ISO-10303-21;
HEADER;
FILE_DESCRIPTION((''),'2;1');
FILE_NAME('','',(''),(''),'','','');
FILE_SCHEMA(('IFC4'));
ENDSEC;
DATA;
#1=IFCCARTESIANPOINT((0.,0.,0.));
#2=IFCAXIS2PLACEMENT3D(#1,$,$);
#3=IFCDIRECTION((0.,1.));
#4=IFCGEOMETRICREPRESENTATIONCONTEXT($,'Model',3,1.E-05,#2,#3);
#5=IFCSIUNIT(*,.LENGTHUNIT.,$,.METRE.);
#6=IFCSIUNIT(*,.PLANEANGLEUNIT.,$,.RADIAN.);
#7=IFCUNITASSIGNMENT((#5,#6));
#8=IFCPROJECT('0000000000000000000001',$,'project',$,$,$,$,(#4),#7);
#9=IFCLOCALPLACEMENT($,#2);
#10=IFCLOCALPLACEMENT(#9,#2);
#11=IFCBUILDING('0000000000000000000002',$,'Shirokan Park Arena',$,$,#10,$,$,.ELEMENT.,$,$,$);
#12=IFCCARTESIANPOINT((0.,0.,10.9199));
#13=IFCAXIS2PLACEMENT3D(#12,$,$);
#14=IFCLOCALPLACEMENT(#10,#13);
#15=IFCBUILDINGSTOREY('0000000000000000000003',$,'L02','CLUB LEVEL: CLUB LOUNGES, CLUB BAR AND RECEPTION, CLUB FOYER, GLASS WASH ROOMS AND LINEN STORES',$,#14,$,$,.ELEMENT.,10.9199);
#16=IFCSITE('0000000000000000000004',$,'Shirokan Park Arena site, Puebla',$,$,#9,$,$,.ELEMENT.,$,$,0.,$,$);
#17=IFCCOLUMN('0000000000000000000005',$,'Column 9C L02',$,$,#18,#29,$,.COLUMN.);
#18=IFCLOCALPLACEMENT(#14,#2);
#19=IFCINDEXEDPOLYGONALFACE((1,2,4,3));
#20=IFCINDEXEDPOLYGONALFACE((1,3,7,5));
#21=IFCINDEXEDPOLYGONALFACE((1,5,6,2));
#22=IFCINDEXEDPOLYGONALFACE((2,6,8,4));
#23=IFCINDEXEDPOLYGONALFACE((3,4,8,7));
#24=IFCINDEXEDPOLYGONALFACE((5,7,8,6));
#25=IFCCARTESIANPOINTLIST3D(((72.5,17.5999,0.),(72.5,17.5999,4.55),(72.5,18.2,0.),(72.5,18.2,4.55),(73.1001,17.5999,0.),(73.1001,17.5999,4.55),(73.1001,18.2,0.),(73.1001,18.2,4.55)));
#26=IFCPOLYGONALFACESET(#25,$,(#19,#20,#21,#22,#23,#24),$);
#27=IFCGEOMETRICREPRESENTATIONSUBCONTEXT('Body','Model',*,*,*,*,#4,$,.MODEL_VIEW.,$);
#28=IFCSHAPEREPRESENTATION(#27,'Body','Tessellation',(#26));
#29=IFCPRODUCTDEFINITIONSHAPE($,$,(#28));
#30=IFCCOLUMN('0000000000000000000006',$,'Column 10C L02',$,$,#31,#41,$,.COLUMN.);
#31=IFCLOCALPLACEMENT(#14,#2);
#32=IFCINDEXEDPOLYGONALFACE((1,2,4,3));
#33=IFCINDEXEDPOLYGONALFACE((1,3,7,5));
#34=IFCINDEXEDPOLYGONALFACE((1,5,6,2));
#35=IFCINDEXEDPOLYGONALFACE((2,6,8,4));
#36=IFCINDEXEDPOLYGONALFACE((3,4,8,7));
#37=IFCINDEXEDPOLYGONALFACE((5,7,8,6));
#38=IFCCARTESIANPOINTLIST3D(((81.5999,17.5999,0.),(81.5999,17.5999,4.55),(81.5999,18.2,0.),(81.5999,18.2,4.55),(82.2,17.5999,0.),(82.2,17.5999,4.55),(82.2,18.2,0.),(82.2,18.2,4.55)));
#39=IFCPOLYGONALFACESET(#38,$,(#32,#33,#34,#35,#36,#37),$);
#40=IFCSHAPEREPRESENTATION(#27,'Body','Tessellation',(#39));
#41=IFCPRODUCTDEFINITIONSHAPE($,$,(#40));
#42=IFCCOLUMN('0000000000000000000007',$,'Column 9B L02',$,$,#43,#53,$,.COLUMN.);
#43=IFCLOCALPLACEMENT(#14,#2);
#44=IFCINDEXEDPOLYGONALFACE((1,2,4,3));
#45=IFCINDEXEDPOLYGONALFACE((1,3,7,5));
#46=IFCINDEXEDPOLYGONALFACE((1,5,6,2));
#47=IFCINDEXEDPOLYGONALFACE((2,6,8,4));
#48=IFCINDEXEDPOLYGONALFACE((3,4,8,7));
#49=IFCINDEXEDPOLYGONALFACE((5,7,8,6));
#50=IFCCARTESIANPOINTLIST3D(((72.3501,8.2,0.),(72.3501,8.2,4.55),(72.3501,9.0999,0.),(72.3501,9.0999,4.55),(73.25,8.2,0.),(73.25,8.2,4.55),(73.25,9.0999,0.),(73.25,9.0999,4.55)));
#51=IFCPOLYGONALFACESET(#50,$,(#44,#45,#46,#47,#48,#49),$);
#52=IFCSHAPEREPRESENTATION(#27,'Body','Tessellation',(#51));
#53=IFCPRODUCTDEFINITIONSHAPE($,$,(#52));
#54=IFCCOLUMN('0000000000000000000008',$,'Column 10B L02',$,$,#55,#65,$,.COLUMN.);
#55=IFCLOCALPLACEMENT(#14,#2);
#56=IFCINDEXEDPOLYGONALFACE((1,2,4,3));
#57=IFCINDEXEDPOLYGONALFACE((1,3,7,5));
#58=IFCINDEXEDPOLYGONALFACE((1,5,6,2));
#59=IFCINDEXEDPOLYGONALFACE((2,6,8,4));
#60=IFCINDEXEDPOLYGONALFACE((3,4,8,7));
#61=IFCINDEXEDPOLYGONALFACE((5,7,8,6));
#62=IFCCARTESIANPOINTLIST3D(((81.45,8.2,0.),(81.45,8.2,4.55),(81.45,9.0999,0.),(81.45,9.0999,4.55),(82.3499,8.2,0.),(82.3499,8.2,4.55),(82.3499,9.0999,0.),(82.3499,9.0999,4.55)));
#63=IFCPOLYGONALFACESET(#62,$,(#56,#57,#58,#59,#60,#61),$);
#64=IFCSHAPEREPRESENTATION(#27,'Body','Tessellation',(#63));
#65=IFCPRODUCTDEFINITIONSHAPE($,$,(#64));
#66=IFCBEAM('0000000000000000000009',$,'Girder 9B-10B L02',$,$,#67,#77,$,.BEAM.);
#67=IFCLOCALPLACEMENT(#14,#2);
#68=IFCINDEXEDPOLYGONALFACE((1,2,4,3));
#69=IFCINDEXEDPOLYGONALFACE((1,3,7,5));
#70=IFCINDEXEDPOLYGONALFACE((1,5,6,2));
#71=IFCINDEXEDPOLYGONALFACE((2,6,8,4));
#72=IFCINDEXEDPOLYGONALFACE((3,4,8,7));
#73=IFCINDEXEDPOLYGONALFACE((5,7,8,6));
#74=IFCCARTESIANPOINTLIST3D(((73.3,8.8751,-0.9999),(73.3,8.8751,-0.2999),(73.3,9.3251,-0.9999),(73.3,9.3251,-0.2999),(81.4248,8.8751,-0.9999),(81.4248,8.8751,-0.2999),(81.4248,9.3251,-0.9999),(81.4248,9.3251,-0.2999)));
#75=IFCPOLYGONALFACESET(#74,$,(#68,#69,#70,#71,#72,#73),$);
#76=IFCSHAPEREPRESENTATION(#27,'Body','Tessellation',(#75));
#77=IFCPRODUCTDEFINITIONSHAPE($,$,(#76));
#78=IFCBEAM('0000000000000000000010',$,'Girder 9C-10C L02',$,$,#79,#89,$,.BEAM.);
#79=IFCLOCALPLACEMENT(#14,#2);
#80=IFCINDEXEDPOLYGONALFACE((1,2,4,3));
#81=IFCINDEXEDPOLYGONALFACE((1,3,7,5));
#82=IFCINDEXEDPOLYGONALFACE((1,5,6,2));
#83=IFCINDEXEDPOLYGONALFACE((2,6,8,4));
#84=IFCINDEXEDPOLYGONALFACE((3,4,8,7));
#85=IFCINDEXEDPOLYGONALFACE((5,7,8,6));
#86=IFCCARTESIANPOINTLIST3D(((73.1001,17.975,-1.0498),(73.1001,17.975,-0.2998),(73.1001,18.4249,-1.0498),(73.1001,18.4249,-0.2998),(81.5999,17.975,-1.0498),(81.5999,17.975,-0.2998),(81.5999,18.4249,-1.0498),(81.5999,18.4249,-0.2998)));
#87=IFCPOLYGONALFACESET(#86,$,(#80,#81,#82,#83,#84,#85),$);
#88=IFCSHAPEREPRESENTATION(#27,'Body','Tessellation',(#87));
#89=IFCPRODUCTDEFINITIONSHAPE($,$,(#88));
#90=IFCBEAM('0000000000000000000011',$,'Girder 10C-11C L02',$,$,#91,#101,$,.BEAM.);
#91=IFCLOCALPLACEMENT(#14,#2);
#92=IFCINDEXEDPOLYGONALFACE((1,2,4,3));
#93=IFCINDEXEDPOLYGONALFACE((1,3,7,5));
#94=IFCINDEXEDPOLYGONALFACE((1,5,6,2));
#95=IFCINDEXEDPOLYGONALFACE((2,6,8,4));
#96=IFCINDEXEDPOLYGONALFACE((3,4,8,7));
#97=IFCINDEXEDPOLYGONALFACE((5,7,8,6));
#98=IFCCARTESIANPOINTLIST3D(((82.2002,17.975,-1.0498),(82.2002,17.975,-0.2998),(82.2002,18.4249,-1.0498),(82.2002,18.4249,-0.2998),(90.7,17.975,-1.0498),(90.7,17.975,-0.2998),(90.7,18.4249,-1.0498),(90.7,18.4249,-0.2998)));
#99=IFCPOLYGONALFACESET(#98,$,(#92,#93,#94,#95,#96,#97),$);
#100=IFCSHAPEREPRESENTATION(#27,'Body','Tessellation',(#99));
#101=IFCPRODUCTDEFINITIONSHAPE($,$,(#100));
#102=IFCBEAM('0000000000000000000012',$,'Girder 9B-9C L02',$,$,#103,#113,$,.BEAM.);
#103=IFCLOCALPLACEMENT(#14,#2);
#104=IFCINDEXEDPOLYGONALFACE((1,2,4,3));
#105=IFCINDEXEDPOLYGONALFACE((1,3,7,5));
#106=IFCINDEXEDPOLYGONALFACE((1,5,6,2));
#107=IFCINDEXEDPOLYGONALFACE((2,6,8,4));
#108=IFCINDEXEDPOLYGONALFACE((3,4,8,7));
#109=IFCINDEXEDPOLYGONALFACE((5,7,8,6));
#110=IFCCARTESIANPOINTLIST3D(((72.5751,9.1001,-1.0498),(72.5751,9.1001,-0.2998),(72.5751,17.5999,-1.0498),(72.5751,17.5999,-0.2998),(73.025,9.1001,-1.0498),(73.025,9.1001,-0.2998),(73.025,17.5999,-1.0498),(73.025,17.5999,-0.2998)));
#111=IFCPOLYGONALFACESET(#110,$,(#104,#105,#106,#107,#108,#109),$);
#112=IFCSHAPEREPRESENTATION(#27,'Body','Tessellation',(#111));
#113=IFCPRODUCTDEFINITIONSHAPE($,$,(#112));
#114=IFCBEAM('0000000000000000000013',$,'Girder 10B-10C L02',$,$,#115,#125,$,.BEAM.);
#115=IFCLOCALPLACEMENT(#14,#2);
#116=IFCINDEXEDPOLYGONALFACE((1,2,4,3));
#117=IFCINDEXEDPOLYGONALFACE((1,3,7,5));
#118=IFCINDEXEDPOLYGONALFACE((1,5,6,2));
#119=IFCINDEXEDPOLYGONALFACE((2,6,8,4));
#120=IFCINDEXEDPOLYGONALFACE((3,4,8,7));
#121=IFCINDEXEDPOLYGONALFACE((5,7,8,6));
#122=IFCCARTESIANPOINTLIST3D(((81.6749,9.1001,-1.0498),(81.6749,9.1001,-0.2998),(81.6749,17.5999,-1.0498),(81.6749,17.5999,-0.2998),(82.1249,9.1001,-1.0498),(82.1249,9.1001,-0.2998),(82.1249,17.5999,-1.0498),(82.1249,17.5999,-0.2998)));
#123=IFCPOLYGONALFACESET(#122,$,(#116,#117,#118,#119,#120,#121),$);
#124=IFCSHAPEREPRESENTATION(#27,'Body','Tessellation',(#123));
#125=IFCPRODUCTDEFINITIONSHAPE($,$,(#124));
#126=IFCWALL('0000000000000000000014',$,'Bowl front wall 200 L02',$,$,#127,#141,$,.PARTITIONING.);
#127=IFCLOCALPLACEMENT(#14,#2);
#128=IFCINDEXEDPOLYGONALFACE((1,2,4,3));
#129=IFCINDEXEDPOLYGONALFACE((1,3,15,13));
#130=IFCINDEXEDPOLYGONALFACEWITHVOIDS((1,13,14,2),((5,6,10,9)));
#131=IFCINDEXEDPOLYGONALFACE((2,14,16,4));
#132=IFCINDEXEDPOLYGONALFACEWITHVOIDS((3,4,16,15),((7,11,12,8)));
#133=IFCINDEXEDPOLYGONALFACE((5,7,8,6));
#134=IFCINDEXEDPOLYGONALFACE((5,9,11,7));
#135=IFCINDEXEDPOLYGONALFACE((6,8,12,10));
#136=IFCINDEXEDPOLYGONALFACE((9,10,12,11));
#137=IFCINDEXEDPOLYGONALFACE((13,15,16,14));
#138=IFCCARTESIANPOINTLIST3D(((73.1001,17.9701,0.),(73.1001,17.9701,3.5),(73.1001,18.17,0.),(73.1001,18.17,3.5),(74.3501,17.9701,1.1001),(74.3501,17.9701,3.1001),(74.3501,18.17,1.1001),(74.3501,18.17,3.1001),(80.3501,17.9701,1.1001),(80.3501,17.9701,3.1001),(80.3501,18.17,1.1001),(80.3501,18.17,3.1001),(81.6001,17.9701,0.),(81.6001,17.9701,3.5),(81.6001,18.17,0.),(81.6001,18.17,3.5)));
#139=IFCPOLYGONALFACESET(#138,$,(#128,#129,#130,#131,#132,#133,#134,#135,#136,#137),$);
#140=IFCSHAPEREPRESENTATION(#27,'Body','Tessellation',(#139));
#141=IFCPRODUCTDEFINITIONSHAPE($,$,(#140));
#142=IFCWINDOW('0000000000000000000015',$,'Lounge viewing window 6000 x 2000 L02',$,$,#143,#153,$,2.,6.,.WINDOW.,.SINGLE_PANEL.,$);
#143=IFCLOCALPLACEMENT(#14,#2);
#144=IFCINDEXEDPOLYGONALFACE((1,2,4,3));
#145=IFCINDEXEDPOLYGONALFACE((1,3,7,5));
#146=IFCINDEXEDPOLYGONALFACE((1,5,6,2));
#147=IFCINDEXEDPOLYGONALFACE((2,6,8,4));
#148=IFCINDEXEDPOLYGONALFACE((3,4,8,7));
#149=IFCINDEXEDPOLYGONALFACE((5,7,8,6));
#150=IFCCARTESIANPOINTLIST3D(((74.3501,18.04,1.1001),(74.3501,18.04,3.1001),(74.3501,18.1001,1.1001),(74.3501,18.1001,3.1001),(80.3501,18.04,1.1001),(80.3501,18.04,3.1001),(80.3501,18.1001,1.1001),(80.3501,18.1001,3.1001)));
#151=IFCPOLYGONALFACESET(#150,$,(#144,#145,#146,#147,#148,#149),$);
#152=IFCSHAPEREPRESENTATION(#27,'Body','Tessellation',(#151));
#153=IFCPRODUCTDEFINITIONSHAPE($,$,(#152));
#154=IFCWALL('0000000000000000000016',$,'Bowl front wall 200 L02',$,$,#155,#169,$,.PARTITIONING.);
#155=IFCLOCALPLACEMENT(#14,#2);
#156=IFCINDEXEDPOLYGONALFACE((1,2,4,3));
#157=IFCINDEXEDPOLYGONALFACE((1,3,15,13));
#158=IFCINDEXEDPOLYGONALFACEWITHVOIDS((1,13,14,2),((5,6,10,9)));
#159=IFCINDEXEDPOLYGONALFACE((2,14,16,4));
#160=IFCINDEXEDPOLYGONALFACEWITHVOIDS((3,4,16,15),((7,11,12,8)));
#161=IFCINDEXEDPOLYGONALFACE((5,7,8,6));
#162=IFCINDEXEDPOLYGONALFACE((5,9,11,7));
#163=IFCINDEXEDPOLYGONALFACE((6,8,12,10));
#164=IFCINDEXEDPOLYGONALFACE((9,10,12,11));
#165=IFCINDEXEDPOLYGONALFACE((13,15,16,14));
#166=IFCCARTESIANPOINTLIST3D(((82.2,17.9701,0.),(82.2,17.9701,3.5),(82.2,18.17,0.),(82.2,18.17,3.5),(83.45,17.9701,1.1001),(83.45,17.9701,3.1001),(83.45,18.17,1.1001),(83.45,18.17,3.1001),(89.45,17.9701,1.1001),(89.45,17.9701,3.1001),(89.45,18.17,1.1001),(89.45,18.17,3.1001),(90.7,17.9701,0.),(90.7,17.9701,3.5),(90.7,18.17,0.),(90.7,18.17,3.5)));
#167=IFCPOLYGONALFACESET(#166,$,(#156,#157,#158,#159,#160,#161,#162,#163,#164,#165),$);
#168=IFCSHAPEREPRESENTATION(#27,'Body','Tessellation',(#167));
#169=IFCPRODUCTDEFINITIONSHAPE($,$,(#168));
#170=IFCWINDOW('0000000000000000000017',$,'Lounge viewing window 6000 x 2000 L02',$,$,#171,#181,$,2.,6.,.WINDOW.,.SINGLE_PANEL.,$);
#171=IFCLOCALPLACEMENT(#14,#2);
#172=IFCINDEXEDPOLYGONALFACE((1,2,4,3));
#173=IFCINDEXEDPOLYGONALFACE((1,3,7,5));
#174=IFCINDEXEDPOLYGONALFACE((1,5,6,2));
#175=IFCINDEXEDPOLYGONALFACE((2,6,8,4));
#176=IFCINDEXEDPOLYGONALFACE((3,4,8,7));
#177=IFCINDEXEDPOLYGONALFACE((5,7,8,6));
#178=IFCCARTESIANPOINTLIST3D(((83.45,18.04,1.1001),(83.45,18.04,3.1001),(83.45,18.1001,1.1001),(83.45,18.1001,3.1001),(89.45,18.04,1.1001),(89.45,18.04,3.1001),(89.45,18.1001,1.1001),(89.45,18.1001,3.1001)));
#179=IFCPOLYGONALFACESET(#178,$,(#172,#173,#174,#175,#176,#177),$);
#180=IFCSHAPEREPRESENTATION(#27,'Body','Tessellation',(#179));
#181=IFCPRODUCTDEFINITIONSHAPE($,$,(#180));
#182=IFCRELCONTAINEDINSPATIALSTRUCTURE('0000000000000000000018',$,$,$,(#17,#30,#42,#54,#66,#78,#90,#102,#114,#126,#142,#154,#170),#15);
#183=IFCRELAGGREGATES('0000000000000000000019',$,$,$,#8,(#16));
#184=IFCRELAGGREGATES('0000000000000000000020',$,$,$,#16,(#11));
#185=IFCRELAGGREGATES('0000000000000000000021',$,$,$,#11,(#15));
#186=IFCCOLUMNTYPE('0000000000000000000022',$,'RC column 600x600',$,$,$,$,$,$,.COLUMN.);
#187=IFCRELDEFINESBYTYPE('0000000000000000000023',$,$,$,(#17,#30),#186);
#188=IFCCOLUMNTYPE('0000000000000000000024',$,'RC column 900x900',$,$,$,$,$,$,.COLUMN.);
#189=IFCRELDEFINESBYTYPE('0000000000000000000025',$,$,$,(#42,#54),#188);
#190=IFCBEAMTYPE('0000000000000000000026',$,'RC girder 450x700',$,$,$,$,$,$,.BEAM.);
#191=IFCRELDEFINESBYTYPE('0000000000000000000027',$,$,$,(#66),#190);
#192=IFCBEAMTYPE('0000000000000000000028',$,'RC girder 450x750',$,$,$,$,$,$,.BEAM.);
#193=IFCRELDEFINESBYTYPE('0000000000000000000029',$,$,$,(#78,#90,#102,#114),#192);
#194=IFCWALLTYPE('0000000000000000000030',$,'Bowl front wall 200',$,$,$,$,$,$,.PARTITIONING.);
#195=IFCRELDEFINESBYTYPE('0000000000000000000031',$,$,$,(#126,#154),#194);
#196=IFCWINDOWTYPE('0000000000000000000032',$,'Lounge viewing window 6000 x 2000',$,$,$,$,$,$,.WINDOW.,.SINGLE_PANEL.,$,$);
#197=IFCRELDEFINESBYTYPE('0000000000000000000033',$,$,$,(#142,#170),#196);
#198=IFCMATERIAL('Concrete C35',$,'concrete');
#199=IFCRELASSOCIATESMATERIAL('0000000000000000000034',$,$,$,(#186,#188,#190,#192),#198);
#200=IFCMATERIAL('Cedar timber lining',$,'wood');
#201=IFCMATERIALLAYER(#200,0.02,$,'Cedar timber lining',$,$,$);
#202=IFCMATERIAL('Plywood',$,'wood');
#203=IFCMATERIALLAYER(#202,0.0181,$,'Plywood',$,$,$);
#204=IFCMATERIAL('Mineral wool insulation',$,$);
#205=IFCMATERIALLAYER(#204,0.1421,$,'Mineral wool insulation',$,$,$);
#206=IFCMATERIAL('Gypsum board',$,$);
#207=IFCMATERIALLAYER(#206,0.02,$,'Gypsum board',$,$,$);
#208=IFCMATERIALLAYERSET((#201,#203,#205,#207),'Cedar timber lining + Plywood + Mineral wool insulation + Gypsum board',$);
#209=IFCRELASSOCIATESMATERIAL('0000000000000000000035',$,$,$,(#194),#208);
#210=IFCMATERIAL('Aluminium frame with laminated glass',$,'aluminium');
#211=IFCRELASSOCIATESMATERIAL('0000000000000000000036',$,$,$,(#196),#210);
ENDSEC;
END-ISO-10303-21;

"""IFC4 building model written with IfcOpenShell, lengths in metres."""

from ifc_helpers import new_model, si_unit, direction, frame, frame_2d, origin, origin_2d, place, context, subcontext, project, spatial, rectangle, extrude, material, layer, layer_set, material_profile, profile_set, type_object, element, fill, save


model = new_model("IFC4")

# Units and contexts
model_context = context("Model", 3, precision=1e-05, world=origin(), true_north=direction((0.0, 1.0)))
body_context = subcontext(model_context, "Body", "Model", "MODEL_VIEW")
ifc_project = project(units=[si_unit("LENGTHUNIT", "METRE"), si_unit("PLANEANGLEUNIT", "RADIAN")], contexts=[model_context])

# Site, building, storey
site_placement = place(None, origin())
site = spatial("IfcSite", under=ifc_project, at=site_placement, Name="Shirokan Park Arena site, Puebla", CompositionType="ELEMENT", RefElevation=0.0)
building_placement = place(site_placement, origin())
building = spatial("IfcBuilding", under=site, at=building_placement, Name="Shirokan Park Arena", CompositionType="ELEMENT")
storey_placement = place(building_placement, frame((0.0, 0.0, 10.9199)))
storey = spatial("IfcBuildingStorey", under=building, at=storey_placement, Name="L02", Description="CLUB LEVEL: CLUB LOUNGES, CLUB BAR AND RECEPTION, CLUB FOYER, GLASS WASH ROOMS AND LINEN STORES", CompositionType="ELEMENT", Elevation=10.9199)

# Columns
ifc_material_1 = material(Name="Concrete C35", Category="concrete")
ifc_material_profile_1 = material_profile(ifc_material_1, rectangle(XDim=0.6001, YDim=0.6001, at=origin_2d()), Name="600x600")
ifc_profile_set_1 = profile_set([ifc_material_profile_1], Name="Concrete C35")
column_type_1 = type_object("IfcColumnType", Name="RC column 600x600", PredefinedType="COLUMN", material=ifc_profile_set_1)
for number, where, z_axis, x_axis, name in (
    (1, (72.8, 17.8999, 0.0), (0.0, 0.0, 1.0), (1.0, 0.0, 0.0), "Column 9C L02"),
    (2, (81.8999, 17.8999, 0.0), (0.0, 0.0, 1.0), (1.0, 0.0, 0.0), "Column 10C L02"),
):
    element("IfcColumn", number, at=place(storey_placement, frame(where, z_axis=z_axis, x_axis=x_axis)), inside=storey, type_object=column_type_1, Name=name, PredefinedType="COLUMN", context=body_context, shape_type="SweptSolid", body=[
        extrude(rectangle(XDim=0.6001, YDim=0.6001, at=origin_2d()), origin(), (0.0, 0.0, 1.0), 4.55),
    ])
ifc_material_profile_2 = material_profile(ifc_material_1, rectangle(XDim=0.8999, YDim=0.8999, at=origin_2d()), Name="900x900")
ifc_profile_set_2 = profile_set([ifc_material_profile_2], Name="Concrete C35")
column_type_2 = type_object("IfcColumnType", Name="RC column 900x900", PredefinedType="COLUMN", material=ifc_profile_set_2)
for number, where, z_axis, x_axis, name in (
    (3, (72.8, 8.6499, 0.0), (0.0, 0.0, 1.0), (1.0, 0.0, 0.0), "Column 9B L02"),
    (4, (81.8999, 8.6499, 0.0), (0.0, 0.0, 1.0), (1.0, 0.0, 0.0), "Column 10B L02"),
):
    element("IfcColumn", number, at=place(storey_placement, frame(where, z_axis=z_axis, x_axis=x_axis)), inside=storey, type_object=column_type_2, Name=name, PredefinedType="COLUMN", context=body_context, shape_type="SweptSolid", body=[
        extrude(rectangle(XDim=0.8999, YDim=0.8999, at=origin_2d()), origin(), (0.0, 0.0, 1.0), 4.55),
    ])

# Beams
ifc_material_profile_3 = material_profile(ifc_material_1, rectangle(XDim=0.45, YDim=0.7, at=origin_2d()), Name="450x700")
ifc_profile_set_3 = profile_set([ifc_material_profile_3], Name="Concrete C35")
beam_type_1 = type_object("IfcBeamType", Name="RC girder 450x700", PredefinedType="BEAM", material=ifc_profile_set_3)
beam_placement = place(storey_placement, frame((73.3, 9.1001, -0.6499), z_axis=(1.0, 0.0, 0.0), x_axis=(0.0, 1.0, 0.0)))
element("IfcBeam", 5, at=beam_placement, inside=storey, type_object=beam_type_1, Name="Girder 9B-10B L02", PredefinedType="BEAM", context=body_context, shape_type="SweptSolid", body=[
    extrude(rectangle(XDim=0.45, YDim=0.7, at=origin_2d()), origin(), (0.0, 0.0, 1.0), 8.1248),
])
ifc_material_profile_4 = material_profile(ifc_material_1, rectangle(XDim=0.45, YDim=0.75, at=origin_2d()), Name="450x750")
ifc_profile_set_4 = profile_set([ifc_material_profile_4], Name="Concrete C35")
beam_type_2 = type_object("IfcBeamType", Name="RC girder 450x750", PredefinedType="BEAM", material=ifc_profile_set_4)
for number, where, z_axis, x_axis, name in (
    (6, (73.1001, 18.2, -0.6748), (1.0, 0.0, 0.0), (0.0, 1.0, 0.0), "Girder 9C-10C L02"),
    (7, (82.2002, 18.2, -0.6748), (1.0, 0.0, 0.0), (0.0, 1.0, 0.0), "Girder 10C-11C L02"),
    (8, (72.8, 9.1001, -0.6748), (0.0, 1.0, 0.0), (-1.0, 0.0, 0.0), "Girder 9B-9C L02"),
    (9, (81.8999, 9.1001, -0.6748), (0.0, 1.0, 0.0), (-1.0, 0.0, 0.0), "Girder 10B-10C L02"),
):
    element("IfcBeam", number, at=place(storey_placement, frame(where, z_axis=z_axis, x_axis=x_axis)), inside=storey, type_object=beam_type_2, Name=name, PredefinedType="BEAM", context=body_context, shape_type="SweptSolid", body=[
        extrude(rectangle(XDim=0.45, YDim=0.75, at=origin_2d()), origin(), (0.0, 0.0, 1.0), 8.4998),
    ])

# Walls, openings, windows
ifc_material_2 = material(Name="Cedar timber lining", Category="wood")
ifc_layer_1 = layer(ifc_material_2, 0.02, Name="Cedar timber lining")
ifc_material_3 = material(Name="Plywood", Category="wood")
ifc_layer_2 = layer(ifc_material_3, 0.0181, Name="Plywood")
ifc_material_4 = material(Name="Mineral wool insulation")
ifc_layer_3 = layer(ifc_material_4, 0.1421, Name="Mineral wool insulation")
ifc_material_5 = material(Name="Gypsum board")
ifc_layer_4 = layer(ifc_material_5, 0.02, Name="Gypsum board")
ifc_layer_set_1 = layer_set([ifc_layer_1, ifc_layer_2, ifc_layer_3, ifc_layer_4], Name="Cedar timber lining + Plywood + Mineral wool insulation + Gypsum board")
wall_type_1 = type_object("IfcWallType", Name="Bowl front wall 200", PredefinedType="PARTITIONING", material=ifc_layer_set_1)
wall_1_placement = place(storey_placement, frame((73.1001, 18.0701, 0.0), z_axis=(0.0, 0.0, 1.0), x_axis=(1.0, 0.0, 0.0)))
wall_1 = element("IfcWall", 10, at=wall_1_placement, inside=storey, type_object=wall_type_1, Name="Bowl front wall 200 L02", PredefinedType="PARTITIONING", context=body_context, shape_type="SweptSolid", body=[
    extrude(rectangle(XDim=8.5, YDim=0.2, at=frame_2d((4.25, 0.0))), origin(), (0.0, 0.0, 1.0), 3.5),
])
opening_1_placement = place(wall_1_placement, frame((1.25, 0.0, 1.1001)))
opening_1 = element("IfcOpeningElement", 11, at=opening_1_placement, cuts=wall_1, PredefinedType="OPENING", context=body_context, shape_type="SweptSolid", body=[
    extrude(rectangle(XDim=6.0, YDim=2.0, at=frame_2d((3.0, 1.0))), frame((0.0, 0.1099, 0.0), z_axis=(0.0, -1.0, 0.0), x_axis=(1.0, 0.0, 0.0)), (0.0, 0.0, 1.0), 0.22),
])
ifc_material_6 = material(Name="Aluminium frame with laminated glass", Category="aluminium")
window_type = type_object("IfcWindowType", Name="Lounge viewing window 6000 x 2000", PartitioningType="SINGLE_PANEL", PredefinedType="WINDOW", material=ifc_material_6)
window_1_placement = place(opening_1_placement, origin())
window_1 = element("IfcWindow", 12, at=window_1_placement, inside=storey, type_object=window_type, Name="Lounge viewing window 6000 x 2000 L02", OverallHeight=2.0, OverallWidth=6.0, PartitioningType="SINGLE_PANEL", PredefinedType="WINDOW", context=body_context, shape_type="SweptSolid", body=[
    extrude(rectangle(XDim=6.0, YDim=2.0, at=frame_2d((3.0, 1.0))), frame((0.0, 0.03, 0.0), z_axis=(0.0, -1.0, 0.0), x_axis=(1.0, 0.0, 0.0)), (0.0, 0.0, 1.0), 0.0601),
])
fill(opening_1, window_1)
wall_2_placement = place(storey_placement, frame((82.2, 18.0701, 0.0), z_axis=(0.0, 0.0, 1.0), x_axis=(1.0, 0.0, 0.0)))
wall_2 = element("IfcWall", 13, at=wall_2_placement, inside=storey, type_object=wall_type_1, Name="Bowl front wall 200 L02", PredefinedType="PARTITIONING", context=body_context, shape_type="SweptSolid", body=[
    extrude(rectangle(XDim=8.5, YDim=0.2, at=frame_2d((4.25, 0.0))), origin(), (0.0, 0.0, 1.0), 3.5),
])
opening_2_placement = place(wall_2_placement, frame((1.25, 0.0, 1.1001)))
opening_2 = element("IfcOpeningElement", 14, at=opening_2_placement, cuts=wall_2, PredefinedType="OPENING", context=body_context, shape_type="SweptSolid", body=[
    extrude(rectangle(XDim=6.0, YDim=2.0, at=frame_2d((3.0, 1.0))), frame((0.0, 0.1099, 0.0), z_axis=(0.0, -1.0, 0.0), x_axis=(1.0, 0.0, 0.0)), (0.0, 0.0, 1.0), 0.22),
])
window_2_placement = place(opening_2_placement, origin())
window_2 = element("IfcWindow", 15, at=window_2_placement, inside=storey, type_object=window_type, Name="Lounge viewing window 6000 x 2000 L02", OverallHeight=2.0, OverallWidth=6.0, PartitioningType="SINGLE_PANEL", PredefinedType="WINDOW", context=body_context, shape_type="SweptSolid", body=[
    extrude(rectangle(XDim=6.0, YDim=2.0, at=frame_2d((3.0, 1.0))), frame((0.0, 0.03, 0.0), z_axis=(0.0, -1.0, 0.0), x_axis=(1.0, 0.0, 0.0)), (0.0, 0.0, 1.0), 0.0601),
])
fill(opening_2, window_2)

save(model, "model.ifc")
